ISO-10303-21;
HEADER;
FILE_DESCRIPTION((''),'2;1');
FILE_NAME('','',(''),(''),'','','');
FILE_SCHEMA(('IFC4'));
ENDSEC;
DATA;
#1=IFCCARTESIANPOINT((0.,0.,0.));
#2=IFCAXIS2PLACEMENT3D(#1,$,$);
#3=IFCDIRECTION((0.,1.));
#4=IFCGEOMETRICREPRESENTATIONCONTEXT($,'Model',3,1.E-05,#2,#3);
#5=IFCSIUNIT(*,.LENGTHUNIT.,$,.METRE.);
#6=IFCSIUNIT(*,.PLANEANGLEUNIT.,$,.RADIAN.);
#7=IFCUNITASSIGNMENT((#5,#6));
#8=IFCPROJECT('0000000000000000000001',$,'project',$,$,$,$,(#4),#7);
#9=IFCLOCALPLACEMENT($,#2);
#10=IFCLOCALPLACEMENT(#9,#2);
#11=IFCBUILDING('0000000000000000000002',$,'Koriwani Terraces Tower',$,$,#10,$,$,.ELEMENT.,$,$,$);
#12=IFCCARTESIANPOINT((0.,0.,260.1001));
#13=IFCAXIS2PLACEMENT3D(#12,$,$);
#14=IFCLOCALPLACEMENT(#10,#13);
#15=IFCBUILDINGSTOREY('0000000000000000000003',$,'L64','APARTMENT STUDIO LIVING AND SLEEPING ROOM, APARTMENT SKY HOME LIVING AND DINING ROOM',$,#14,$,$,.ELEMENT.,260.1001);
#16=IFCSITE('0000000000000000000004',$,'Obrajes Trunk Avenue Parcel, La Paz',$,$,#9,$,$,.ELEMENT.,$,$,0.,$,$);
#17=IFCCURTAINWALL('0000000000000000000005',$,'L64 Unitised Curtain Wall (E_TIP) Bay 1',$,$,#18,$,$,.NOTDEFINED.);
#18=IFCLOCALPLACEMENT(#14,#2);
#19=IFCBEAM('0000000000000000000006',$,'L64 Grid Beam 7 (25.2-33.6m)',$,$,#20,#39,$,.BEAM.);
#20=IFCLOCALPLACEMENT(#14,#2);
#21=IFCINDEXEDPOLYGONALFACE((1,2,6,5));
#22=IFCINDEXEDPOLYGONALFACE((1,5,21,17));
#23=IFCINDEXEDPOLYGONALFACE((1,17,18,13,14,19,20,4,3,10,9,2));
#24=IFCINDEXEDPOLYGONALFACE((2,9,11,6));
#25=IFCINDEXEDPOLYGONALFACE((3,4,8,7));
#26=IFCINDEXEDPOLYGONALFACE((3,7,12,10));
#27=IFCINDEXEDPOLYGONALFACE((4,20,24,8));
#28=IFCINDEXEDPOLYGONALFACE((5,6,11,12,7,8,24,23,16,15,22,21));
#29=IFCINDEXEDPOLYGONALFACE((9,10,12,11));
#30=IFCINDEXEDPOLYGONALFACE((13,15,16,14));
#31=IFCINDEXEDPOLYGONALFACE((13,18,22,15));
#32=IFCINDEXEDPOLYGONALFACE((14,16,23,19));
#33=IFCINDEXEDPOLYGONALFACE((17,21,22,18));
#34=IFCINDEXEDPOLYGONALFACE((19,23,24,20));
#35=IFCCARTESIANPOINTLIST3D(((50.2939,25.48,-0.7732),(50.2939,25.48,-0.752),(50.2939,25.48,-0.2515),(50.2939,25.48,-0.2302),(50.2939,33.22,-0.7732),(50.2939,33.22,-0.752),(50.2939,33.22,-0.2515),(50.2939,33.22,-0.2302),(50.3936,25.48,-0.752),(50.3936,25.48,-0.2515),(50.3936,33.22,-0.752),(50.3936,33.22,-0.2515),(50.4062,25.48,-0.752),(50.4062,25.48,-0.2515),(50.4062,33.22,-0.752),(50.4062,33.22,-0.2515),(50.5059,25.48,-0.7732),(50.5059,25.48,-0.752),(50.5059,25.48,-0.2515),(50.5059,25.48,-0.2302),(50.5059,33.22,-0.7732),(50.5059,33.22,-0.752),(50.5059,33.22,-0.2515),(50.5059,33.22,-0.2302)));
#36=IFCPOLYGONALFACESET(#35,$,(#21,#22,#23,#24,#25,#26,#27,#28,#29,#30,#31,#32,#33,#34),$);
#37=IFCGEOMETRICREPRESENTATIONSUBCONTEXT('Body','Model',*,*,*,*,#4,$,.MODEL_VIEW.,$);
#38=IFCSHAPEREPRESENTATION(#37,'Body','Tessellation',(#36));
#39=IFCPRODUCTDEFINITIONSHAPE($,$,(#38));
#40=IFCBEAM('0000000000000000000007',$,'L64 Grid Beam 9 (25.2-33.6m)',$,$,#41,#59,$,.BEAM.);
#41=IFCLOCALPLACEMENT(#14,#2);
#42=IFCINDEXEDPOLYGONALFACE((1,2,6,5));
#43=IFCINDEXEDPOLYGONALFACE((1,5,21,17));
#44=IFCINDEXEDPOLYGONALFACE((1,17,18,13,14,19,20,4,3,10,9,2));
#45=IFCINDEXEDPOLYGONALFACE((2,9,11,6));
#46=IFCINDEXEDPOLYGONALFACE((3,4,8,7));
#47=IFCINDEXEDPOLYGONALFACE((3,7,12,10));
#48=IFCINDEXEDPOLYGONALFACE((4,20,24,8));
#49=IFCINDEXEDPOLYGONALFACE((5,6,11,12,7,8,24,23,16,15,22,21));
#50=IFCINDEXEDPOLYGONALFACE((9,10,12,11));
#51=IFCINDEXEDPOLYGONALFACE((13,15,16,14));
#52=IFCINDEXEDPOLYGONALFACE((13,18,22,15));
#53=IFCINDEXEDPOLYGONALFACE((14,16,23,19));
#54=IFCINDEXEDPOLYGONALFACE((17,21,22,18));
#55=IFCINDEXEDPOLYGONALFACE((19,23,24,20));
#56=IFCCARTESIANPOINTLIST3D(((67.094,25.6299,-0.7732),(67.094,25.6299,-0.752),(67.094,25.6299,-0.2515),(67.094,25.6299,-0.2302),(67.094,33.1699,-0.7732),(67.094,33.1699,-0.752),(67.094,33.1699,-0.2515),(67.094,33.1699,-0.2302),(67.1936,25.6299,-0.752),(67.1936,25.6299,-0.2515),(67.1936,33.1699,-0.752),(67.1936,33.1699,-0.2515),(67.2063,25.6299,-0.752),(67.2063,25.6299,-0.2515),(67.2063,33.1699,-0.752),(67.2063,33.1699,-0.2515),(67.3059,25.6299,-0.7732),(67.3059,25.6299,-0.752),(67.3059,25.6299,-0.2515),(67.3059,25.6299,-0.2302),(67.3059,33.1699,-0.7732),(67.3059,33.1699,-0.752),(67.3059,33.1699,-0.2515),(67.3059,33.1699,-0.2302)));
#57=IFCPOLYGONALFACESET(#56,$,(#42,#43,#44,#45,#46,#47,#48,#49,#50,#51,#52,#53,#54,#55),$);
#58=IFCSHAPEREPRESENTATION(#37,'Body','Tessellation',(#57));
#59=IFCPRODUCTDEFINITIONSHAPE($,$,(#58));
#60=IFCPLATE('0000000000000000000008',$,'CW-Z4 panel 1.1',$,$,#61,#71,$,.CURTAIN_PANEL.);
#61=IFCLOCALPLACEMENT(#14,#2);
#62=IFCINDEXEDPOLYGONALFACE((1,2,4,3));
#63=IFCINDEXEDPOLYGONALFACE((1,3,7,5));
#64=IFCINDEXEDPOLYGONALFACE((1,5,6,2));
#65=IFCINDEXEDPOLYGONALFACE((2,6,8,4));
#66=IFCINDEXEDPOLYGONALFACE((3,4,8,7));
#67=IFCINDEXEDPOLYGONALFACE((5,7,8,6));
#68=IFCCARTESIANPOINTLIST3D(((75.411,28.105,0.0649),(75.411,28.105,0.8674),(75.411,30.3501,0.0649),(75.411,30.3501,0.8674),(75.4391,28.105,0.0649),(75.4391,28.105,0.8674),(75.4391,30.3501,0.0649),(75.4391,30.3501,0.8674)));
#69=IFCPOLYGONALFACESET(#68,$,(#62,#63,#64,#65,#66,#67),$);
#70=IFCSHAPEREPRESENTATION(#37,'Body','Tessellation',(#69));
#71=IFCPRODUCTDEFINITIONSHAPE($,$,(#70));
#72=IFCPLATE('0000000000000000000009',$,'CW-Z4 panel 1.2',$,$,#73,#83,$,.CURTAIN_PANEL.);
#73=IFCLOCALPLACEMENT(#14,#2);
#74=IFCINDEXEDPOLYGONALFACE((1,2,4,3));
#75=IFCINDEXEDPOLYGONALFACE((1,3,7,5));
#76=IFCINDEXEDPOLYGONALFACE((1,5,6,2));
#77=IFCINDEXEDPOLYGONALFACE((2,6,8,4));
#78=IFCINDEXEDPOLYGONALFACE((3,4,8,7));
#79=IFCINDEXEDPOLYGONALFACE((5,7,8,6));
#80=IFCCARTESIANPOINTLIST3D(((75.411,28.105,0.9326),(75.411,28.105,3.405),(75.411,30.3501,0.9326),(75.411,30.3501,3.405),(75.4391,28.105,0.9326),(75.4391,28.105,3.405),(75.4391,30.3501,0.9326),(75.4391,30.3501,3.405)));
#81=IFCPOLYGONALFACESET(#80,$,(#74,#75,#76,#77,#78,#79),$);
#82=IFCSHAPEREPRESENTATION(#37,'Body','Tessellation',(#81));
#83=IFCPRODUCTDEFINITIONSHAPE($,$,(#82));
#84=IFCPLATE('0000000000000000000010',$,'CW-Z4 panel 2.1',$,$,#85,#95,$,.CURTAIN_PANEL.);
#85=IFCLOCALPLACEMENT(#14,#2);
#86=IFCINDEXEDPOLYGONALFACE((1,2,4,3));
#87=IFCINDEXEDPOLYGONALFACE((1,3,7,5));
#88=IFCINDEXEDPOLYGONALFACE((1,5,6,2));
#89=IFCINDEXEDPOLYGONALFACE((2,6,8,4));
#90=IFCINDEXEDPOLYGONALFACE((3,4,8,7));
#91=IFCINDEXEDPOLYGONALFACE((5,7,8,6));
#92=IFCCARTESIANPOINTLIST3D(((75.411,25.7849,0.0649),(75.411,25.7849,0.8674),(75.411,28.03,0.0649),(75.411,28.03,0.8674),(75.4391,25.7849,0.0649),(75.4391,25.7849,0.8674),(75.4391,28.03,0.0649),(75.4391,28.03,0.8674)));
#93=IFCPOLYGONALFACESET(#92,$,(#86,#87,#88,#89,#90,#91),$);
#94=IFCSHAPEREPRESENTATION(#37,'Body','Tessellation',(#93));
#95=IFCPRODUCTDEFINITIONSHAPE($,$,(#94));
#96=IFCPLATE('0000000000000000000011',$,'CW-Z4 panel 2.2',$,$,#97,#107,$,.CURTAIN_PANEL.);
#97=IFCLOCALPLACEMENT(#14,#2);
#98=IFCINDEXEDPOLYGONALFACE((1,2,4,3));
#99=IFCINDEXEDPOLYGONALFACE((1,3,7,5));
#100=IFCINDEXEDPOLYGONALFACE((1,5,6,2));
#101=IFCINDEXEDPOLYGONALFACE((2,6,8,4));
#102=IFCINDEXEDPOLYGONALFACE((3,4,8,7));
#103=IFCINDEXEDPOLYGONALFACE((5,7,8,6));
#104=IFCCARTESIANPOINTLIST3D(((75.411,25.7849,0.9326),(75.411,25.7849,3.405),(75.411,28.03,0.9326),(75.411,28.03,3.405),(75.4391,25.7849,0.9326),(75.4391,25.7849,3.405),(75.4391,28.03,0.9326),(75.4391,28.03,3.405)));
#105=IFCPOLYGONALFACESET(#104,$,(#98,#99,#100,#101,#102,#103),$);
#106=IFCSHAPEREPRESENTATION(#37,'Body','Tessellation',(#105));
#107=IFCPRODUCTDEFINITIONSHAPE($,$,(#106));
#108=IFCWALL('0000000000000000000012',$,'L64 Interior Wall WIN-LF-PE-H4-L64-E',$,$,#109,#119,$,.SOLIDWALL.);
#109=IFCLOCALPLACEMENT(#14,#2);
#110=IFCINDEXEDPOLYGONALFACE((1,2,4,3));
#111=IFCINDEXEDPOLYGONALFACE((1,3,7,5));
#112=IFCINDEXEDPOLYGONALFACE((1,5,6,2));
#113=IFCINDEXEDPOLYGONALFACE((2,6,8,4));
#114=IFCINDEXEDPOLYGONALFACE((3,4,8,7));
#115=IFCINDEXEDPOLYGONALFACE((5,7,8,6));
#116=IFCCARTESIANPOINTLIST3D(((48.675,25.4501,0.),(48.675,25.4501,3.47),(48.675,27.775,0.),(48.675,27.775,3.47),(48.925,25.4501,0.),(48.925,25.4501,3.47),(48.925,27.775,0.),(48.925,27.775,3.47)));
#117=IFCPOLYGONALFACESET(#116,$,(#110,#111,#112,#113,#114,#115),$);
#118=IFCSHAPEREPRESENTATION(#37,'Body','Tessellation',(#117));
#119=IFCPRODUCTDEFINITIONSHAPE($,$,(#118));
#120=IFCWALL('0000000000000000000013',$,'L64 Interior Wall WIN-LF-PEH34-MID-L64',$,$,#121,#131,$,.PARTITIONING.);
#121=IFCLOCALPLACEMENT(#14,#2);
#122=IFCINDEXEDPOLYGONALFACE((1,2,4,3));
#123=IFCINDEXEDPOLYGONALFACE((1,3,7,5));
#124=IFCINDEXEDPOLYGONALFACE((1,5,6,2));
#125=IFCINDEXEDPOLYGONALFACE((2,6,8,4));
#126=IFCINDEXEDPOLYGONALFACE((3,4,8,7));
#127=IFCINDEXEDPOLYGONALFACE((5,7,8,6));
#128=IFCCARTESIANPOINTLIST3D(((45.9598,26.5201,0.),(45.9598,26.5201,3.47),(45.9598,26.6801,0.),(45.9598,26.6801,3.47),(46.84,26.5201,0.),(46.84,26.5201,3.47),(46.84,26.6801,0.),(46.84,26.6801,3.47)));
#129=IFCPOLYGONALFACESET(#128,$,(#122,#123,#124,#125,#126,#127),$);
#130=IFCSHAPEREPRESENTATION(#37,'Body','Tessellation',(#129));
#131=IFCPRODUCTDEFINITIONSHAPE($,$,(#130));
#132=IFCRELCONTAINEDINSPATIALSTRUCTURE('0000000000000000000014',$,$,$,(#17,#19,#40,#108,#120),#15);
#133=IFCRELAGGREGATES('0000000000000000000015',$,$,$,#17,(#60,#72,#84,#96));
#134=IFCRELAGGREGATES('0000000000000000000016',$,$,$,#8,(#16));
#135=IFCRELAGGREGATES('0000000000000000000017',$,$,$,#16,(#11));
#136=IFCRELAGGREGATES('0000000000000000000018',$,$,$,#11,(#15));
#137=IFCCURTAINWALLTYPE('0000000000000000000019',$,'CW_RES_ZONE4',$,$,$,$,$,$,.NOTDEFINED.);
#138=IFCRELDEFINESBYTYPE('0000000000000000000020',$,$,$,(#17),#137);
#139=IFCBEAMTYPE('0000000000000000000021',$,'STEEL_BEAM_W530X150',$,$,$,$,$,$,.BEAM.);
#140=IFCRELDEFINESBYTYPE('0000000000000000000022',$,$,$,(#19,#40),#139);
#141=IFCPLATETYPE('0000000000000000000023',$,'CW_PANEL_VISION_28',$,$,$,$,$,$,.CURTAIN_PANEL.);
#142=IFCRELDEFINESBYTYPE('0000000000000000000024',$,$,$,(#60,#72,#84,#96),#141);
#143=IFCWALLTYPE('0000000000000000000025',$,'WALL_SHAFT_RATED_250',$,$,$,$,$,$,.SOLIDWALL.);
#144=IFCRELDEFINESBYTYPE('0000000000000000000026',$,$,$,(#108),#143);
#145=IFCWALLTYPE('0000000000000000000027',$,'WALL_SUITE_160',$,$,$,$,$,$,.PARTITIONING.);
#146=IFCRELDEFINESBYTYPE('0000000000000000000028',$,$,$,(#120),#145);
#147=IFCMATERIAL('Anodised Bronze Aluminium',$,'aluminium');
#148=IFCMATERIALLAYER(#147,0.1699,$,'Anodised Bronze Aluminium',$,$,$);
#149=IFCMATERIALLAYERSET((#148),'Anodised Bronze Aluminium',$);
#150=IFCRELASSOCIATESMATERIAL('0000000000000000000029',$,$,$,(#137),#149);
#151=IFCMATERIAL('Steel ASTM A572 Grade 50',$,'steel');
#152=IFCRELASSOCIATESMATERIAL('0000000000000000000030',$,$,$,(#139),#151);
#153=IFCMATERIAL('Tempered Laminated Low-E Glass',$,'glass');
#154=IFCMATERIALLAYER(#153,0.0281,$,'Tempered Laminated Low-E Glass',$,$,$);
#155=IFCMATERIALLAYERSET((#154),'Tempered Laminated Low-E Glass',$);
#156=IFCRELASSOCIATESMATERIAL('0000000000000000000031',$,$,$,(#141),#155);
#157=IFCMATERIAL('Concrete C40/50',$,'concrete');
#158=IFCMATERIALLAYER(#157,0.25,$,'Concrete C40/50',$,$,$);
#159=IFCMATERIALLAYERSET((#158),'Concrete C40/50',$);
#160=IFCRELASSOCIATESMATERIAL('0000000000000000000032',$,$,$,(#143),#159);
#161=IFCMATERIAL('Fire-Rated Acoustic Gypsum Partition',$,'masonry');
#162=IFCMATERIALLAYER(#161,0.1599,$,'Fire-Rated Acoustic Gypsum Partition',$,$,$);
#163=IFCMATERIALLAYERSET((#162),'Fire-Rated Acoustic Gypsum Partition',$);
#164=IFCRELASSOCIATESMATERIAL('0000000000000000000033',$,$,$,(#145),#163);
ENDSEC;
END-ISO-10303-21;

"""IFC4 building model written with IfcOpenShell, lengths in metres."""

from ifc_helpers import new_model, si_unit, direction, frame, frame_2d, origin, origin_2d, place, context, subcontext, project, spatial, rectangle, i_section, extrude, material, layer, layer_set, material_profile, profile_set, type_object, element, aggregate, save


model = new_model("IFC4")

# Units and contexts
model_context = context("Model", 3, precision=1e-05, world=origin(), true_north=direction((0.0, 1.0)))
body_context = subcontext(model_context, "Body", "Model", "MODEL_VIEW")
ifc_project = project(units=[si_unit("LENGTHUNIT", "METRE"), si_unit("PLANEANGLEUNIT", "RADIAN")], contexts=[model_context])

# Site, building, storey
site_placement = place(None, origin())
site = spatial("IfcSite", under=ifc_project, at=site_placement, Name="Obrajes Trunk Avenue Parcel, La Paz", CompositionType="ELEMENT", RefElevation=0.0)
building_placement = place(site_placement, origin())
building = spatial("IfcBuilding", under=site, at=building_placement, Name="Koriwani Terraces Tower", CompositionType="ELEMENT")
storey_placement = place(building_placement, frame((0.0, 0.0, 260.1001)))
storey = spatial("IfcBuildingStorey", under=building, at=storey_placement, Name="L64", Description="APARTMENT STUDIO LIVING AND SLEEPING ROOM, APARTMENT SKY HOME LIVING AND DINING ROOM", CompositionType="ELEMENT", Elevation=260.1001)

# Curtain wall
ifc_material_1 = material(Name="Anodised Bronze Aluminium", Category="aluminium")
ifc_layer_1 = layer(ifc_material_1, 0.1699, Name="Anodised Bronze Aluminium")
ifc_layer_set_1 = layer_set([ifc_layer_1], Name="Anodised Bronze Aluminium")
curtain_wall_type = type_object("IfcCurtainWallType", Name="CW_RES_ZONE4", PredefinedType="NOTDEFINED", material=ifc_layer_set_1)
curtain_wall_placement = place(storey_placement, origin())
curtain_wall = element("IfcCurtainWall", 1, at=curtain_wall_placement, inside=storey, type_object=curtain_wall_type, Name="L64 Unitised Curtain Wall (E_TIP) Bay 1", PredefinedType="NOTDEFINED")

# Beams
ifc_material_2 = material(Name="Steel ASTM A572 Grade 50", Category="steel")
ifc_material_profile_1 = material_profile(ifc_material_2, i_section(OverallWidth=0.2119, OverallDepth=0.543, WebThickness=0.0127, FlangeThickness=0.0212, at=origin_2d()), Name="Steel ASTM A572 Grade 50", Category="LoadBearing")
ifc_profile_set_1 = profile_set([ifc_material_profile_1], Name="Steel ASTM A572 Grade 50")
beam_type_1 = type_object("IfcBeamType", Name="STEEL_BEAM_W530X150", PredefinedType="BEAM", material=ifc_profile_set_1)
beam_1_placement = place(storey_placement, frame((50.3999, 25.48, -0.5017), z_axis=(0.0, 1.0, 0.0), x_axis=(-1.0, 0.0, 0.0)))
element("IfcBeam", 2, at=beam_1_placement, inside=storey, type_object=beam_type_1, Name="L64 Grid Beam 7 (25.2-33.6m)", PredefinedType="BEAM", context=body_context, shape_type="SweptSolid", body=[
    extrude(i_section(OverallWidth=0.2119, OverallDepth=0.543, WebThickness=0.0127, FlangeThickness=0.0212, at=origin_2d()), origin(), (0.0, 0.0, 1.0), 7.74),
])
beam_2_placement = place(storey_placement, frame((67.2, 25.6299, -0.5017), z_axis=(0.0, 1.0, 0.0), x_axis=(-1.0, 0.0, 0.0)))
element("IfcBeam", 3, at=beam_2_placement, inside=storey, type_object=beam_type_1, Name="L64 Grid Beam 9 (25.2-33.6m)", PredefinedType="BEAM", context=body_context, shape_type="SweptSolid", body=[
    extrude(i_section(OverallWidth=0.2119, OverallDepth=0.543, WebThickness=0.0127, FlangeThickness=0.0212, at=origin_2d()), origin(), (0.0, 0.0, 1.0), 7.54),
])

# Plates
ifc_material_3 = material(Name="Tempered Laminated Low-E Glass", Category="glass")
ifc_layer_2 = layer(ifc_material_3, 0.0281, Name="Tempered Laminated Low-E Glass")
ifc_layer_set_2 = layer_set([ifc_layer_2], Name="Tempered Laminated Low-E Glass")
plate_type = type_object("IfcPlateType", Name="CW_PANEL_VISION_28", PredefinedType="CURTAIN_PANEL", material=ifc_layer_set_2)
plate_1_placement = place(storey_placement, frame((75.425, 29.2275, 0.0649), z_axis=(0.0, 0.0, 1.0), x_axis=(0.0, -1.0, 0.0)))
plate_1 = element("IfcPlate", 4, at=plate_1_placement, type_object=plate_type, Name="CW-Z4 panel 1.1", PredefinedType="CURTAIN_PANEL", context=body_context, shape_type="SweptSolid", body=[
    extrude(rectangle(XDim=2.2451, YDim=0.0281, at=origin_2d()), origin(), (0.0, 0.0, 1.0), 0.8025),
])
plate_2_placement = place(storey_placement, frame((75.425, 29.2275, 0.9326), z_axis=(0.0, 0.0, 1.0), x_axis=(0.0, -1.0, 0.0)))
plate_2 = element("IfcPlate", 5, at=plate_2_placement, type_object=plate_type, Name="CW-Z4 panel 1.2", PredefinedType="CURTAIN_PANEL", context=body_context, shape_type="SweptSolid", body=[
    extrude(rectangle(XDim=2.2451, YDim=0.0281, at=origin_2d()), origin(), (0.0, 0.0, 1.0), 2.4724),
])
plate_3_placement = place(storey_placement, frame((75.425, 26.9075, 0.0649), z_axis=(0.0, 0.0, 1.0), x_axis=(0.0, -1.0, 0.0)))
plate_3 = element("IfcPlate", 6, at=plate_3_placement, type_object=plate_type, Name="CW-Z4 panel 2.1", PredefinedType="CURTAIN_PANEL", context=body_context, shape_type="SweptSolid", body=[
    extrude(rectangle(XDim=2.2451, YDim=0.0281, at=origin_2d()), origin(), (0.0, 0.0, 1.0), 0.8025),
])
plate_4_placement = place(storey_placement, frame((75.425, 26.9075, 0.9326), z_axis=(0.0, 0.0, 1.0), x_axis=(0.0, -1.0, 0.0)))
plate_4 = element("IfcPlate", 7, at=plate_4_placement, type_object=plate_type, Name="CW-Z4 panel 2.2", PredefinedType="CURTAIN_PANEL", context=body_context, shape_type="SweptSolid", body=[
    extrude(rectangle(XDim=2.2451, YDim=0.0281, at=origin_2d()), origin(), (0.0, 0.0, 1.0), 2.4724),
])
aggregate(curtain_wall, [plate_1, plate_2, plate_3, plate_4])

# Shared definitions
ifc_material_4 = material(Name="Concrete C40/50", Category="concrete")
ifc_layer_3 = layer(ifc_material_4, 0.25, Name="Concrete C40/50")
ifc_layer_set_3 = layer_set([ifc_layer_3], Name="Concrete C40/50")
wall_type_1 = type_object("IfcWallType", Name="WALL_SHAFT_RATED_250", PredefinedType="SOLIDWALL", material=ifc_layer_set_3)

# Walls
wall_1_placement = place(storey_placement, frame((48.8, 25.45, 0.0), z_axis=(0.0, 0.0, 1.0), x_axis=(0.0, 1.0, 0.0)))
element("IfcWall", 8, at=wall_1_placement, inside=storey, type_object=wall_type_1, Name="L64 Interior Wall WIN-LF-PE-H4-L64-E", PredefinedType="SOLIDWALL", context=body_context, shape_type="SweptSolid", body=[
    extrude(rectangle(XDim=2.325, YDim=0.25, at=frame_2d((1.1626, 0.0))), origin(), (0.0, 0.0, 1.0), 3.47),
])
ifc_material_5 = material(Name="Fire-Rated Acoustic Gypsum Partition", Category="masonry")
ifc_layer_4 = layer(ifc_material_5, 0.1599, Name="Fire-Rated Acoustic Gypsum Partition")
ifc_layer_set_4 = layer_set([ifc_layer_4], Name="Fire-Rated Acoustic Gypsum Partition")
wall_type_2 = type_object("IfcWallType", Name="WALL_SUITE_160", PredefinedType="PARTITIONING", material=ifc_layer_set_4)
wall_2_placement = place(storey_placement, frame((45.96, 26.6001, 0.0), z_axis=(0.0, 0.0, 1.0), x_axis=(1.0, 0.0, 0.0)))
element("IfcWall", 9, at=wall_2_placement, inside=storey, type_object=wall_type_2, Name="L64 Interior Wall WIN-LF-PEH34-MID-L64", PredefinedType="PARTITIONING", context=body_context, shape_type="SweptSolid", body=[
    extrude(rectangle(XDim=0.8801, YDim=0.1599, at=frame_2d((0.4399, 0.0))), origin(), (0.0, 0.0, 1.0), 3.47),
])

save(model, "model.ifc")
